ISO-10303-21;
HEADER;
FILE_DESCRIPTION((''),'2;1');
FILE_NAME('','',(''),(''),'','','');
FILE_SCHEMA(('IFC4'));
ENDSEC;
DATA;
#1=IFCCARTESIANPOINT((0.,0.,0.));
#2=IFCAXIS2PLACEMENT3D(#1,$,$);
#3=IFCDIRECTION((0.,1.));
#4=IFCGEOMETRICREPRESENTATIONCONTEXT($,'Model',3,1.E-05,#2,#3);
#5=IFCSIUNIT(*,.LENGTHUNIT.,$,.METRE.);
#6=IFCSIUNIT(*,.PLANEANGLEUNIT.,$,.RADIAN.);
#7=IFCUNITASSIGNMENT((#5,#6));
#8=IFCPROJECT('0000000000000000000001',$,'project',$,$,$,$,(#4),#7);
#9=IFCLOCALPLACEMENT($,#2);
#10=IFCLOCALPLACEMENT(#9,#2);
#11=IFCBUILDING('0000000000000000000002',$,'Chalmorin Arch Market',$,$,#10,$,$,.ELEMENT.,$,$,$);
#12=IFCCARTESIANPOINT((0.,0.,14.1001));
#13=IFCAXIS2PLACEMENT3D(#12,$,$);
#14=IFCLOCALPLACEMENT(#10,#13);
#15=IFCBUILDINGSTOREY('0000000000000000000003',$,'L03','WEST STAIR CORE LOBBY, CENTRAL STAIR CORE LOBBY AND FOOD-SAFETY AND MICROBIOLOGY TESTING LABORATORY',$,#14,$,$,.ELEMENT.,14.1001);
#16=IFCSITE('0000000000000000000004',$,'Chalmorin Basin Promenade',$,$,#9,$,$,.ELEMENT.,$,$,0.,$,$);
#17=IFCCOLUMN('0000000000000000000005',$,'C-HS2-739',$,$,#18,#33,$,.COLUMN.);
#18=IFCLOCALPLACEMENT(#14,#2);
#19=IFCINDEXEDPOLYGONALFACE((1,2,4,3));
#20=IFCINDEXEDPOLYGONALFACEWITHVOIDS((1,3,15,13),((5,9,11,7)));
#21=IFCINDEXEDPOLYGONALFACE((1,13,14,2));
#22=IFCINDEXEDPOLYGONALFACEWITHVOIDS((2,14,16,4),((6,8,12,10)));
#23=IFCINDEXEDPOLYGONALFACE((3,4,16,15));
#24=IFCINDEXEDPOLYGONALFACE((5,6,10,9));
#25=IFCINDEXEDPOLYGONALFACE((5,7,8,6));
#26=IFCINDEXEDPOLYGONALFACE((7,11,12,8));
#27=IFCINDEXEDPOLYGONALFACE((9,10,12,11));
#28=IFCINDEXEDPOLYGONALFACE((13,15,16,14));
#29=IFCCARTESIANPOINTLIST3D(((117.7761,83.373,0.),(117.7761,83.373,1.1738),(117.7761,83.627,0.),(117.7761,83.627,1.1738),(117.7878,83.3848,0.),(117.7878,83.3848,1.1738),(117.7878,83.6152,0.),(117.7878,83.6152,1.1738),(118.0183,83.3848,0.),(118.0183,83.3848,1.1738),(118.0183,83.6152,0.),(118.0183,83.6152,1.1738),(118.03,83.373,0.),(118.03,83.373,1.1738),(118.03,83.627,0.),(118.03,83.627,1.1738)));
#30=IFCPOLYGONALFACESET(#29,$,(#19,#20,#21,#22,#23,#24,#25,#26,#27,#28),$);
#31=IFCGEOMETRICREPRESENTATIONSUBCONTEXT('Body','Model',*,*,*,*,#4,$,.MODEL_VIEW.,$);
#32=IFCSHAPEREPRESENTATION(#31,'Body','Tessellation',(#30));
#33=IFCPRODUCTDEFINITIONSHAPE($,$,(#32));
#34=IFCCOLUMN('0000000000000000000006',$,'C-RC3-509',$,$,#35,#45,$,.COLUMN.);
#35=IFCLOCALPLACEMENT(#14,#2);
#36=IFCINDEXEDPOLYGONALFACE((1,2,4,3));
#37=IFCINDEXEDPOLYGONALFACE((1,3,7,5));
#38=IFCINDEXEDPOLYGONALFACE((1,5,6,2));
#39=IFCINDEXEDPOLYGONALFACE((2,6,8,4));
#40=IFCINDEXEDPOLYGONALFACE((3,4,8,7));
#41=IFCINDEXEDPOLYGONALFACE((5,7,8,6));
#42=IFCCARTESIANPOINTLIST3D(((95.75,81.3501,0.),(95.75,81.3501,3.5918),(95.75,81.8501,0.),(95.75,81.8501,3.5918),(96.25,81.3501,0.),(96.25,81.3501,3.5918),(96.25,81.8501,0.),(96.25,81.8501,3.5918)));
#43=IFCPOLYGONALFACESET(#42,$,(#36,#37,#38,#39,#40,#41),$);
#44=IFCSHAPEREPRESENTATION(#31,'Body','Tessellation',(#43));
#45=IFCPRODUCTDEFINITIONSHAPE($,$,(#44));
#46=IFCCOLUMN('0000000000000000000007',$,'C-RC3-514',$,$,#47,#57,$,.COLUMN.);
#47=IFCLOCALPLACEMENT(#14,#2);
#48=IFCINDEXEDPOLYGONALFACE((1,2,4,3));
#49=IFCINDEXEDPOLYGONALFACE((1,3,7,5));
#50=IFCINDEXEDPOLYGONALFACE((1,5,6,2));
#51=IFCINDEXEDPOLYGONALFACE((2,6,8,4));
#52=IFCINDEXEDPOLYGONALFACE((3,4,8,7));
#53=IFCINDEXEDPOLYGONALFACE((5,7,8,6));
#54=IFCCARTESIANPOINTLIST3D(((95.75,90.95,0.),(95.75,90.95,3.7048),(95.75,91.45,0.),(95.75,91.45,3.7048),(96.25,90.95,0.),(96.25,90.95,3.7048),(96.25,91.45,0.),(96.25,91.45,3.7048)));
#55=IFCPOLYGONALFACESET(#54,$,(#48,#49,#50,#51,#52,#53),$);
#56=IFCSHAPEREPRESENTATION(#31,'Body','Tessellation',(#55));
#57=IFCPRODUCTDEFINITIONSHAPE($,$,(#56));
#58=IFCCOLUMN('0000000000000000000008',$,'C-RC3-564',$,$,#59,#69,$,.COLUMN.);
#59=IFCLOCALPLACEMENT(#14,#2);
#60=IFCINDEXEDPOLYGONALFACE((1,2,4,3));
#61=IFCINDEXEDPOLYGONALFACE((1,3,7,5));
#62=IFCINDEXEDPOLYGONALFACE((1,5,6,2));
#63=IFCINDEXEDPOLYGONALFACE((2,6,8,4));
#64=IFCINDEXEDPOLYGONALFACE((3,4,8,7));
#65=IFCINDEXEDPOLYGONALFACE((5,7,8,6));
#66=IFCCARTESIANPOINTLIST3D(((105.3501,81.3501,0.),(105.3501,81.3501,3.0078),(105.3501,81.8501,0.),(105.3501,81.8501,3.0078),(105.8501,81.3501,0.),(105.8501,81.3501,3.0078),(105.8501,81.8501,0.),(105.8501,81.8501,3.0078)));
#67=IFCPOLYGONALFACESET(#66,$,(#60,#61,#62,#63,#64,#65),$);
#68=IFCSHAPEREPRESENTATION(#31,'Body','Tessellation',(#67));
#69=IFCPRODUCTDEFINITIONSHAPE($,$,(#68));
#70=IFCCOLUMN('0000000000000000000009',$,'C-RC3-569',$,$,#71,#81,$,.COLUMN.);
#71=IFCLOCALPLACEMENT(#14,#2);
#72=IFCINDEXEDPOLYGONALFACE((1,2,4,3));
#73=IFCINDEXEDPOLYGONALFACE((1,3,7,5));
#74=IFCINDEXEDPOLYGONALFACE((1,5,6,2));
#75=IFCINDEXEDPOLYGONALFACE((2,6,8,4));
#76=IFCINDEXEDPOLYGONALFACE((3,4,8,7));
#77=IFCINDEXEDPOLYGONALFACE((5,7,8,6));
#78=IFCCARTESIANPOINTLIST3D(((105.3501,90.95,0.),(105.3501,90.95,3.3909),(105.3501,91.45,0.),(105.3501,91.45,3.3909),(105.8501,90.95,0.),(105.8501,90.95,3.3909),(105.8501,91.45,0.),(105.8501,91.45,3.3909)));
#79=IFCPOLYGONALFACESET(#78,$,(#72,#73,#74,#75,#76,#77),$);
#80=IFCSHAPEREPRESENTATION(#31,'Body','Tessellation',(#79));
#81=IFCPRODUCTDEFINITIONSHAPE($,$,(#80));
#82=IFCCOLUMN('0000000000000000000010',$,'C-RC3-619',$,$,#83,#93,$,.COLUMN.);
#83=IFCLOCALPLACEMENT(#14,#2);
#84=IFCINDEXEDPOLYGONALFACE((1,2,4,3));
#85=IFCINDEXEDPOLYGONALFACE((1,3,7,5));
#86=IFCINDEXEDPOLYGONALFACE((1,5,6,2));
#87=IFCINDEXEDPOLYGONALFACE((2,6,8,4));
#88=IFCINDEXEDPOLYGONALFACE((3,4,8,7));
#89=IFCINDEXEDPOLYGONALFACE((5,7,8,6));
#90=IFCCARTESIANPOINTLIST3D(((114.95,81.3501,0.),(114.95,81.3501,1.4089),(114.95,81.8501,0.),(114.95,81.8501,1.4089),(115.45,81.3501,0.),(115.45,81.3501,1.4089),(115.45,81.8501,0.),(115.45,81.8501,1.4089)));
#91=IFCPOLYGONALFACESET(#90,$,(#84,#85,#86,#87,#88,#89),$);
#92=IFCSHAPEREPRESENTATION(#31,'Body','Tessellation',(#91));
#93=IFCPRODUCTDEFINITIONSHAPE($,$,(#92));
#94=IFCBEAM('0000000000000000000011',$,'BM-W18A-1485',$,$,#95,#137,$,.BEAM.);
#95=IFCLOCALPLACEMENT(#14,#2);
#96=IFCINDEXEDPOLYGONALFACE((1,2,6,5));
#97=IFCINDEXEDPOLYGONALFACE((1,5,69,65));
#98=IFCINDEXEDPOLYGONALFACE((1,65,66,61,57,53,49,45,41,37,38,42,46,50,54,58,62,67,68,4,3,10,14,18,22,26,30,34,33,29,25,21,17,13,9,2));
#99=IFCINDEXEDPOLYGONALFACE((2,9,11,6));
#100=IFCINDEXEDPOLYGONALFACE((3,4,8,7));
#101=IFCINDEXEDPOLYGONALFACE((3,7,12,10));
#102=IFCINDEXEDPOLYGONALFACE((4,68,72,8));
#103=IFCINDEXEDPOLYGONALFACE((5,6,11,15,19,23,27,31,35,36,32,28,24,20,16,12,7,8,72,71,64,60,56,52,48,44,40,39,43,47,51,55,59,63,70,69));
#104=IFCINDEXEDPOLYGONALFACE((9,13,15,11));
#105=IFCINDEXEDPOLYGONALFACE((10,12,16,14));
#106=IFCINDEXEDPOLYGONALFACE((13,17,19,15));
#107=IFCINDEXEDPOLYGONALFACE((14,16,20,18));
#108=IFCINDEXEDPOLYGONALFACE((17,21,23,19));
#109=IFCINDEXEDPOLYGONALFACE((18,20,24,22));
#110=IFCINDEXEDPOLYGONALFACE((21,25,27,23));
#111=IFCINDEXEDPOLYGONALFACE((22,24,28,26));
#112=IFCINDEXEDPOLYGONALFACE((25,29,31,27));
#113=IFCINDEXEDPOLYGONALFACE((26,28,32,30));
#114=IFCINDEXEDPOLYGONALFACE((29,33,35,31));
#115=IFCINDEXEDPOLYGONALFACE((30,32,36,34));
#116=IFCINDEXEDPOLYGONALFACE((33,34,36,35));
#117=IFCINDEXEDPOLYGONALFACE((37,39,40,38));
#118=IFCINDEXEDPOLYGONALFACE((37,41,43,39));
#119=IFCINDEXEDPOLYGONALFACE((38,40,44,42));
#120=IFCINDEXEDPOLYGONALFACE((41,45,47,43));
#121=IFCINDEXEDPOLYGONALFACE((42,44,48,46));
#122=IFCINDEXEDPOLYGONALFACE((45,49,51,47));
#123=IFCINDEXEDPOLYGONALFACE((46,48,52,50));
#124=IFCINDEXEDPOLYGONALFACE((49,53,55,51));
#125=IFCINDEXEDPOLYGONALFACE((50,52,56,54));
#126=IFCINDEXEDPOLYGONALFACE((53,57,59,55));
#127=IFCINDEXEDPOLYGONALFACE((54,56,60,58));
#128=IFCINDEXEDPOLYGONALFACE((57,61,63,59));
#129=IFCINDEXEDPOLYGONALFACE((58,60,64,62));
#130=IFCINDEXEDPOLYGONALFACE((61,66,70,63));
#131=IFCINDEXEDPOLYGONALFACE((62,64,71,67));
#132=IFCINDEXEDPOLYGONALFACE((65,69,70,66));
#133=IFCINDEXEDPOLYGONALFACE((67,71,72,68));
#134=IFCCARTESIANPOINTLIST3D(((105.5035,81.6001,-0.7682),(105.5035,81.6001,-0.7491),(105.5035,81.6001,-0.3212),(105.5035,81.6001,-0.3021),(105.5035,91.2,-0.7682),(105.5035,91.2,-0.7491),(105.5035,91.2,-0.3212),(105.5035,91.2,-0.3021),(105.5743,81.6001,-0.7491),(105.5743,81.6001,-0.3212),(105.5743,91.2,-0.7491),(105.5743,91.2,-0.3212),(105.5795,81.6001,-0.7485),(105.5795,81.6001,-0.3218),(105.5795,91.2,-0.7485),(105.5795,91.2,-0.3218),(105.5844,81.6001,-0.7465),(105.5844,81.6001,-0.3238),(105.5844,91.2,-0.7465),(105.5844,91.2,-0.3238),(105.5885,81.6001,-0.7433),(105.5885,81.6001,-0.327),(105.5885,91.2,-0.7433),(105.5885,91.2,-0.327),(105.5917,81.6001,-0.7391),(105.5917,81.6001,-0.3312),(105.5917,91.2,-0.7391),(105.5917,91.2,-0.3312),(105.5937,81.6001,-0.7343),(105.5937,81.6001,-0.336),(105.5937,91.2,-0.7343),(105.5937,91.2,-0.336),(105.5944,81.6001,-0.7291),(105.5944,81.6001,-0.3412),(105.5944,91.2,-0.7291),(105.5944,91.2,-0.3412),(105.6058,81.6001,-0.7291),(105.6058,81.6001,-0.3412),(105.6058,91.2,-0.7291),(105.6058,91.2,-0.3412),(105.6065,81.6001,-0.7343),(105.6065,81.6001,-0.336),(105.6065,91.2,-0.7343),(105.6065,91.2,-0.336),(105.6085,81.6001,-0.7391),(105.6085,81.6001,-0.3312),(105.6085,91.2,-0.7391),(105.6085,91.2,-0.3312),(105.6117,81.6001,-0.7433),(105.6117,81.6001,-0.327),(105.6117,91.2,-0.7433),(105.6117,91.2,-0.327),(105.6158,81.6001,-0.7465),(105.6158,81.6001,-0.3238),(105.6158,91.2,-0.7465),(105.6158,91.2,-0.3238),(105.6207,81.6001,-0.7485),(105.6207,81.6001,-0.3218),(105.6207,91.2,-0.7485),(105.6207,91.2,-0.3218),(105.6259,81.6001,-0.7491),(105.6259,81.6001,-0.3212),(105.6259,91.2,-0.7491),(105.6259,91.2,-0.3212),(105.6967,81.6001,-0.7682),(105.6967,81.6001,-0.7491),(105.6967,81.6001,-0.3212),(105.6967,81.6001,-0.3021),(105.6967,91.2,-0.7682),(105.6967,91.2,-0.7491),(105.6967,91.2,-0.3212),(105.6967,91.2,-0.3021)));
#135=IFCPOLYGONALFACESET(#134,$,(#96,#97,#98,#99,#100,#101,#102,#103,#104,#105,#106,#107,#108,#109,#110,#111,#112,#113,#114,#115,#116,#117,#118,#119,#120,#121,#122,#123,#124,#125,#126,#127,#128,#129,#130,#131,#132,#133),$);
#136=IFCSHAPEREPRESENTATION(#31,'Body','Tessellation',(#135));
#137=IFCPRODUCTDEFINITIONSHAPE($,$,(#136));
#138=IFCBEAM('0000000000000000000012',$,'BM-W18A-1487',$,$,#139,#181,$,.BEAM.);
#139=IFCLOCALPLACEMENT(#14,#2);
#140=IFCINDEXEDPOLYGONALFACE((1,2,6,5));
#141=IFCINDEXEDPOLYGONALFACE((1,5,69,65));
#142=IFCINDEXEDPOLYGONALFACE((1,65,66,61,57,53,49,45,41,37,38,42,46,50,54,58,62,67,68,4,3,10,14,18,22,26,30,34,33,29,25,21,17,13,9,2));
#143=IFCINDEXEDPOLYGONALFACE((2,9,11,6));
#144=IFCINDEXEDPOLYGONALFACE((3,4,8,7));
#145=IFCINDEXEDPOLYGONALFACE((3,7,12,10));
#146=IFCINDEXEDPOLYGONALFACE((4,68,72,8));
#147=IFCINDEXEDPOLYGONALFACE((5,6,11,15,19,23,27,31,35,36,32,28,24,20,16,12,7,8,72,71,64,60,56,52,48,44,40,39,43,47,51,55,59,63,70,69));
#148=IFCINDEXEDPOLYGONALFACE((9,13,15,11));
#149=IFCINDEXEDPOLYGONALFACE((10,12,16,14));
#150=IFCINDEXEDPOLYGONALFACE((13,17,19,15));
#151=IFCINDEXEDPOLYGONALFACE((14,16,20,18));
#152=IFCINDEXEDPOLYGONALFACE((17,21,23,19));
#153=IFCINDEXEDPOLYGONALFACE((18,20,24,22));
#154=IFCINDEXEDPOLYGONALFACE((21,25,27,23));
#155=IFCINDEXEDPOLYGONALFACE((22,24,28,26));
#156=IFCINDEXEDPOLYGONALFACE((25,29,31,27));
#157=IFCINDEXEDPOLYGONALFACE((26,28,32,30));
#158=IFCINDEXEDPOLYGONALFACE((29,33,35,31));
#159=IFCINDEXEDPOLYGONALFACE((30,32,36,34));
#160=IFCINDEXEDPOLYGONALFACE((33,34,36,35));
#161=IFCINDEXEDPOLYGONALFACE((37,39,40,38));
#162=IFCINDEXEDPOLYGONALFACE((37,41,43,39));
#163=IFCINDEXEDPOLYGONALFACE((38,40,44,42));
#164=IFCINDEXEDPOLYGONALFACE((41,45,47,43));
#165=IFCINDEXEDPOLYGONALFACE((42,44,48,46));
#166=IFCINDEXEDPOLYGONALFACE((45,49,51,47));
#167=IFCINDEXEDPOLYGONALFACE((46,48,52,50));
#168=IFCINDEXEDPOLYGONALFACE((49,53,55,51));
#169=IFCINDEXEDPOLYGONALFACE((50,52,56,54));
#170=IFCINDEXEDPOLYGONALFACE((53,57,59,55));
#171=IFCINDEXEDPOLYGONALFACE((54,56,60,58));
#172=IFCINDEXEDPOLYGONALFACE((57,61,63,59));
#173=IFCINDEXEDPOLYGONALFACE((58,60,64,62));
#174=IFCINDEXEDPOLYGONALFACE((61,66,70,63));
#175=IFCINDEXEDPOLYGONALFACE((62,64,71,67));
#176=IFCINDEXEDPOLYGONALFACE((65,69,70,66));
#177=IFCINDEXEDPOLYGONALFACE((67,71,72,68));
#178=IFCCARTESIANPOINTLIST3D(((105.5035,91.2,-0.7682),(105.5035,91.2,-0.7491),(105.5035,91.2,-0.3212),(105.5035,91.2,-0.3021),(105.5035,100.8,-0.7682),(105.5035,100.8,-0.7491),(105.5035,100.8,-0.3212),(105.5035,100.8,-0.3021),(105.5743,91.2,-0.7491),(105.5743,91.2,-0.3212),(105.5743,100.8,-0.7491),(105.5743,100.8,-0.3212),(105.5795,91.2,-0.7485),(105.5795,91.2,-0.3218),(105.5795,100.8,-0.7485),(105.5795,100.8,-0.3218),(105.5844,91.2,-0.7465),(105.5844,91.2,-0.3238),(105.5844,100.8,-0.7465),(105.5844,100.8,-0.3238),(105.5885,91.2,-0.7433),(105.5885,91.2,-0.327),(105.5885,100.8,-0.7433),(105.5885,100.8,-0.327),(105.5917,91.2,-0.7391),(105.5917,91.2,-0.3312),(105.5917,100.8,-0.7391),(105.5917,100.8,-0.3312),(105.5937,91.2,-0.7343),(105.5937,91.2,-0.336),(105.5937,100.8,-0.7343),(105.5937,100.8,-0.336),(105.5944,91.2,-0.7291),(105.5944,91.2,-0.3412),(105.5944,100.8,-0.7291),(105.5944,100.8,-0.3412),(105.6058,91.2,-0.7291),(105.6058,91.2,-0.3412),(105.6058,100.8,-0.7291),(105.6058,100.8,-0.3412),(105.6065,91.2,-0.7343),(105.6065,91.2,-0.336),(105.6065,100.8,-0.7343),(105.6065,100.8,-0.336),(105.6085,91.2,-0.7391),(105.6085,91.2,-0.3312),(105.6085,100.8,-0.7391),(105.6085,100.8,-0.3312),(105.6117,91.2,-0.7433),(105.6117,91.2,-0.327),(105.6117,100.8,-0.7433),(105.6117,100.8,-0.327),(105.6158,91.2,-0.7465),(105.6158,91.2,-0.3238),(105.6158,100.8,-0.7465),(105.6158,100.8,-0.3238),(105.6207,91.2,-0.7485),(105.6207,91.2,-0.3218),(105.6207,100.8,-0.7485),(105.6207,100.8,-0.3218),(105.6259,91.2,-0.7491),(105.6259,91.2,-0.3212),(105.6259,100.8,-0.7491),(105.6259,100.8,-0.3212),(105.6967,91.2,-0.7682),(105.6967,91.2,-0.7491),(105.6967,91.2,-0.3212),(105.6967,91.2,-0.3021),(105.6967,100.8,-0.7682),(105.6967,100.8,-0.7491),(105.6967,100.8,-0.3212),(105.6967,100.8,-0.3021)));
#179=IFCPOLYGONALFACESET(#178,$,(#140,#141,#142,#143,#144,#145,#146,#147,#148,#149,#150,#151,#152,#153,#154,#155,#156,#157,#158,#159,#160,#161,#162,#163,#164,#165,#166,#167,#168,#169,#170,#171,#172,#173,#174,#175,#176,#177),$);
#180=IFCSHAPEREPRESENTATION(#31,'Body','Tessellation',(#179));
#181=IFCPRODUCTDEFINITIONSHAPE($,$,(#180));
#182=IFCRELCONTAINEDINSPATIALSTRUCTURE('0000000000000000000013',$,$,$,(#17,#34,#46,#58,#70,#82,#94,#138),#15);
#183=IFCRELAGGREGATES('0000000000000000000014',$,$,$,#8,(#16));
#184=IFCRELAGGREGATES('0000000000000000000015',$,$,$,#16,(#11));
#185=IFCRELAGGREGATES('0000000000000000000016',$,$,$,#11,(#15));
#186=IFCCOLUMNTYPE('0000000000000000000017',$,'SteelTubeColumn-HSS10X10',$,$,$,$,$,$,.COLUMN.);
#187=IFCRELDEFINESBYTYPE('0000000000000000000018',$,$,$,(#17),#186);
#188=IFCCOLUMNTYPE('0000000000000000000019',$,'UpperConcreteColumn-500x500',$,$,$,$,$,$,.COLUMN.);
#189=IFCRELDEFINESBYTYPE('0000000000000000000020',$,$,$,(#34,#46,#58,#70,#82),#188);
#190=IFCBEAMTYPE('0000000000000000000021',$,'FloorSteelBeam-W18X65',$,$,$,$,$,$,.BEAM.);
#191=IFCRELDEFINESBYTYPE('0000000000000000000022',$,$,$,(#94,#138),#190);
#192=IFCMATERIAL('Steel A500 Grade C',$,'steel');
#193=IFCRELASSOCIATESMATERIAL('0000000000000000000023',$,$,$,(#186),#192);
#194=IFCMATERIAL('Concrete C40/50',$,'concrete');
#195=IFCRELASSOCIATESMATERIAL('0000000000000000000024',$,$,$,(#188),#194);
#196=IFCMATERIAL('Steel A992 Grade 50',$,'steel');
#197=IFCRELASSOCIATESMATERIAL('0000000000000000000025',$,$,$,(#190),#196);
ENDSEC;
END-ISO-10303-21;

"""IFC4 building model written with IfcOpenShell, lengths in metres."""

from ifc_helpers import new_model, si_unit, direction, frame, origin, origin_2d, place, context, subcontext, project, spatial, rectangle, hollow_rectangle, i_section, extrude, material, material_profile, profile_set, type_object, element, save


model = new_model("IFC4")

# Units and contexts
model_context = context("Model", 3, precision=1e-05, world=origin(), true_north=direction((0.0, 1.0)))
body_context = subcontext(model_context, "Body", "Model", "MODEL_VIEW")
ifc_project = project(units=[si_unit("LENGTHUNIT", "METRE"), si_unit("PLANEANGLEUNIT", "RADIAN")], contexts=[model_context])

# Site, building, storey
site_placement = place(None, origin())
site = spatial("IfcSite", under=ifc_project, at=site_placement, Name="Chalmorin Basin Promenade", CompositionType="ELEMENT", RefElevation=0.0)
building_placement = place(site_placement, origin())
building = spatial("IfcBuilding", under=site, at=building_placement, Name="Chalmorin Arch Market", CompositionType="ELEMENT")
storey_placement = place(building_placement, frame((0.0, 0.0, 14.1001)))
storey = spatial("IfcBuildingStorey", under=building, at=storey_placement, Name="L03", Description="WEST STAIR CORE LOBBY, CENTRAL STAIR CORE LOBBY AND FOOD-SAFETY AND MICROBIOLOGY TESTING LABORATORY", CompositionType="ELEMENT", Elevation=14.1001)

# Columns
ifc_material_1 = material(Name="Steel A500 Grade C", Category="steel")
ifc_material_profile_1 = material_profile(ifc_material_1, hollow_rectangle(XDim=0.2539, YDim=0.2539, WallThickness=0.0117, at=origin_2d()), Name="HSS10X10X1/2")
ifc_profile_set_1 = profile_set([ifc_material_profile_1], Name="Steel A500 Grade C")
column_type_1 = type_object("IfcColumnType", Name="SteelTubeColumn-HSS10X10", PredefinedType="COLUMN", material=ifc_profile_set_1)
column_1_placement = place(storey_placement, frame((117.9031, 83.5, 0.0), z_axis=(0.0, 0.0, 1.0), x_axis=(1.0, 0.0, 0.0)))
element("IfcColumn", 1, at=column_1_placement, inside=storey, type_object=column_type_1, Name="C-HS2-739", PredefinedType="COLUMN", context=body_context, shape_type="SweptSolid", body=[
    extrude(hollow_rectangle(XDim=0.2539, YDim=0.2539, WallThickness=0.0117, at=origin_2d()), origin(), (0.0, 0.0, 1.0), 1.1738),
])
ifc_material_2 = material(Name="Concrete C40/50", Category="concrete")
ifc_material_profile_2 = material_profile(ifc_material_2, rectangle(XDim=0.5, YDim=0.5, at=origin_2d()), Name="RC500X500")
ifc_profile_set_2 = profile_set([ifc_material_profile_2], Name="Concrete C40/50")
column_type_2 = type_object("IfcColumnType", Name="UpperConcreteColumn-500x500", PredefinedType="COLUMN", material=ifc_profile_set_2)
column_2_placement = place(storey_placement, frame((96.0, 81.6001, 0.0), z_axis=(0.0, 0.0, 1.0), x_axis=(1.0, 0.0, 0.0)))
element("IfcColumn", 2, at=column_2_placement, inside=storey, type_object=column_type_2, Name="C-RC3-509", PredefinedType="COLUMN", context=body_context, shape_type="SweptSolid", body=[
    extrude(rectangle(XDim=0.5, YDim=0.5, at=origin_2d()), origin(), (0.0, 0.0, 1.0), 3.5918),
])
column_3_placement = place(storey_placement, frame((96.0, 91.2, 0.0), z_axis=(0.0, 0.0, 1.0), x_axis=(1.0, 0.0, 0.0)))
element("IfcColumn", 3, at=column_3_placement, inside=storey, type_object=column_type_2, Name="C-RC3-514", PredefinedType="COLUMN", context=body_context, shape_type="SweptSolid", body=[
    extrude(rectangle(XDim=0.5, YDim=0.5, at=origin_2d()), origin(), (0.0, 0.0, 1.0), 3.7048),
])
column_4_placement = place(storey_placement, frame((105.6001, 81.6001, 0.0), z_axis=(0.0, 0.0, 1.0), x_axis=(1.0, 0.0, 0.0)))
element("IfcColumn", 4, at=column_4_placement, inside=storey, type_object=column_type_2, Name="C-RC3-564", PredefinedType="COLUMN", context=body_context, shape_type="SweptSolid", body=[
    extrude(rectangle(XDim=0.5, YDim=0.5, at=origin_2d()), origin(), (0.0, 0.0, 1.0), 3.0078),
])
column_5_placement = place(storey_placement, frame((105.6001, 91.2, 0.0), z_axis=(0.0, 0.0, 1.0), x_axis=(1.0, 0.0, 0.0)))
element("IfcColumn", 5, at=column_5_placement, inside=storey, type_object=column_type_2, Name="C-RC3-569", PredefinedType="COLUMN", context=body_context, shape_type="SweptSolid", body=[
    extrude(rectangle(XDim=0.5, YDim=0.5, at=origin_2d()), origin(), (0.0, 0.0, 1.0), 3.3909),
])
column_6_placement = place(storey_placement, frame((115.2, 81.6001, 0.0), z_axis=(0.0, 0.0, 1.0), x_axis=(1.0, 0.0, 0.0)))
element("IfcColumn", 6, at=column_6_placement, inside=storey, type_object=column_type_2, Name="C-RC3-619", PredefinedType="COLUMN", context=body_context, shape_type="SweptSolid", body=[
    extrude(rectangle(XDim=0.5, YDim=0.5, at=origin_2d()), origin(), (0.0, 0.0, 1.0), 1.4089),
])

# Beams
ifc_material_3 = material(Name="Steel A992 Grade 50", Category="steel")
ifc_material_profile_3 = material_profile(ifc_material_3, i_section(OverallWidth=0.1931, OverallDepth=0.4661, WebThickness=0.0115, FlangeThickness=0.019, FilletRadius=0.02, at=origin_2d()), Name="W18X65")
ifc_profile_set_3 = profile_set([ifc_material_profile_3], Name="Steel A992 Grade 50")
beam_type_1 = type_object("IfcBeamType", Name="FloorSteelBeam-W18X65", PredefinedType="BEAM", material=ifc_profile_set_3)
beam_1_placement = place(storey_placement, frame((105.6001, 81.6001, -0.5352), z_axis=(0.0, 1.0, 0.0), x_axis=(-1.0, 0.0, 0.0)))
element("IfcBeam", 7, at=beam_1_placement, inside=storey, type_object=beam_type_1, Name="BM-W18A-1485", PredefinedType="BEAM", context=body_context, shape_type="SweptSolid", body=[
    extrude(i_section(OverallWidth=0.1931, OverallDepth=0.4661, WebThickness=0.0115, FlangeThickness=0.019, FilletRadius=0.02, at=origin_2d()), origin(), (0.0, 0.0, 1.0), 9.5999),
])
beam_2_placement = place(storey_placement, frame((105.6001, 91.2, -0.5352), z_axis=(0.0, 1.0, 0.0), x_axis=(-1.0, 0.0, 0.0)))
element("IfcBeam", 8, at=beam_2_placement, inside=storey, type_object=beam_type_1, Name="BM-W18A-1487", PredefinedType="BEAM", context=body_context, shape_type="SweptSolid", body=[
    extrude(i_section(OverallWidth=0.1931, OverallDepth=0.4661, WebThickness=0.0115, FlangeThickness=0.019, FilletRadius=0.02, at=origin_2d()), origin(), (0.0, 0.0, 1.0), 9.6001),
])

save(model, "model.ifc")
